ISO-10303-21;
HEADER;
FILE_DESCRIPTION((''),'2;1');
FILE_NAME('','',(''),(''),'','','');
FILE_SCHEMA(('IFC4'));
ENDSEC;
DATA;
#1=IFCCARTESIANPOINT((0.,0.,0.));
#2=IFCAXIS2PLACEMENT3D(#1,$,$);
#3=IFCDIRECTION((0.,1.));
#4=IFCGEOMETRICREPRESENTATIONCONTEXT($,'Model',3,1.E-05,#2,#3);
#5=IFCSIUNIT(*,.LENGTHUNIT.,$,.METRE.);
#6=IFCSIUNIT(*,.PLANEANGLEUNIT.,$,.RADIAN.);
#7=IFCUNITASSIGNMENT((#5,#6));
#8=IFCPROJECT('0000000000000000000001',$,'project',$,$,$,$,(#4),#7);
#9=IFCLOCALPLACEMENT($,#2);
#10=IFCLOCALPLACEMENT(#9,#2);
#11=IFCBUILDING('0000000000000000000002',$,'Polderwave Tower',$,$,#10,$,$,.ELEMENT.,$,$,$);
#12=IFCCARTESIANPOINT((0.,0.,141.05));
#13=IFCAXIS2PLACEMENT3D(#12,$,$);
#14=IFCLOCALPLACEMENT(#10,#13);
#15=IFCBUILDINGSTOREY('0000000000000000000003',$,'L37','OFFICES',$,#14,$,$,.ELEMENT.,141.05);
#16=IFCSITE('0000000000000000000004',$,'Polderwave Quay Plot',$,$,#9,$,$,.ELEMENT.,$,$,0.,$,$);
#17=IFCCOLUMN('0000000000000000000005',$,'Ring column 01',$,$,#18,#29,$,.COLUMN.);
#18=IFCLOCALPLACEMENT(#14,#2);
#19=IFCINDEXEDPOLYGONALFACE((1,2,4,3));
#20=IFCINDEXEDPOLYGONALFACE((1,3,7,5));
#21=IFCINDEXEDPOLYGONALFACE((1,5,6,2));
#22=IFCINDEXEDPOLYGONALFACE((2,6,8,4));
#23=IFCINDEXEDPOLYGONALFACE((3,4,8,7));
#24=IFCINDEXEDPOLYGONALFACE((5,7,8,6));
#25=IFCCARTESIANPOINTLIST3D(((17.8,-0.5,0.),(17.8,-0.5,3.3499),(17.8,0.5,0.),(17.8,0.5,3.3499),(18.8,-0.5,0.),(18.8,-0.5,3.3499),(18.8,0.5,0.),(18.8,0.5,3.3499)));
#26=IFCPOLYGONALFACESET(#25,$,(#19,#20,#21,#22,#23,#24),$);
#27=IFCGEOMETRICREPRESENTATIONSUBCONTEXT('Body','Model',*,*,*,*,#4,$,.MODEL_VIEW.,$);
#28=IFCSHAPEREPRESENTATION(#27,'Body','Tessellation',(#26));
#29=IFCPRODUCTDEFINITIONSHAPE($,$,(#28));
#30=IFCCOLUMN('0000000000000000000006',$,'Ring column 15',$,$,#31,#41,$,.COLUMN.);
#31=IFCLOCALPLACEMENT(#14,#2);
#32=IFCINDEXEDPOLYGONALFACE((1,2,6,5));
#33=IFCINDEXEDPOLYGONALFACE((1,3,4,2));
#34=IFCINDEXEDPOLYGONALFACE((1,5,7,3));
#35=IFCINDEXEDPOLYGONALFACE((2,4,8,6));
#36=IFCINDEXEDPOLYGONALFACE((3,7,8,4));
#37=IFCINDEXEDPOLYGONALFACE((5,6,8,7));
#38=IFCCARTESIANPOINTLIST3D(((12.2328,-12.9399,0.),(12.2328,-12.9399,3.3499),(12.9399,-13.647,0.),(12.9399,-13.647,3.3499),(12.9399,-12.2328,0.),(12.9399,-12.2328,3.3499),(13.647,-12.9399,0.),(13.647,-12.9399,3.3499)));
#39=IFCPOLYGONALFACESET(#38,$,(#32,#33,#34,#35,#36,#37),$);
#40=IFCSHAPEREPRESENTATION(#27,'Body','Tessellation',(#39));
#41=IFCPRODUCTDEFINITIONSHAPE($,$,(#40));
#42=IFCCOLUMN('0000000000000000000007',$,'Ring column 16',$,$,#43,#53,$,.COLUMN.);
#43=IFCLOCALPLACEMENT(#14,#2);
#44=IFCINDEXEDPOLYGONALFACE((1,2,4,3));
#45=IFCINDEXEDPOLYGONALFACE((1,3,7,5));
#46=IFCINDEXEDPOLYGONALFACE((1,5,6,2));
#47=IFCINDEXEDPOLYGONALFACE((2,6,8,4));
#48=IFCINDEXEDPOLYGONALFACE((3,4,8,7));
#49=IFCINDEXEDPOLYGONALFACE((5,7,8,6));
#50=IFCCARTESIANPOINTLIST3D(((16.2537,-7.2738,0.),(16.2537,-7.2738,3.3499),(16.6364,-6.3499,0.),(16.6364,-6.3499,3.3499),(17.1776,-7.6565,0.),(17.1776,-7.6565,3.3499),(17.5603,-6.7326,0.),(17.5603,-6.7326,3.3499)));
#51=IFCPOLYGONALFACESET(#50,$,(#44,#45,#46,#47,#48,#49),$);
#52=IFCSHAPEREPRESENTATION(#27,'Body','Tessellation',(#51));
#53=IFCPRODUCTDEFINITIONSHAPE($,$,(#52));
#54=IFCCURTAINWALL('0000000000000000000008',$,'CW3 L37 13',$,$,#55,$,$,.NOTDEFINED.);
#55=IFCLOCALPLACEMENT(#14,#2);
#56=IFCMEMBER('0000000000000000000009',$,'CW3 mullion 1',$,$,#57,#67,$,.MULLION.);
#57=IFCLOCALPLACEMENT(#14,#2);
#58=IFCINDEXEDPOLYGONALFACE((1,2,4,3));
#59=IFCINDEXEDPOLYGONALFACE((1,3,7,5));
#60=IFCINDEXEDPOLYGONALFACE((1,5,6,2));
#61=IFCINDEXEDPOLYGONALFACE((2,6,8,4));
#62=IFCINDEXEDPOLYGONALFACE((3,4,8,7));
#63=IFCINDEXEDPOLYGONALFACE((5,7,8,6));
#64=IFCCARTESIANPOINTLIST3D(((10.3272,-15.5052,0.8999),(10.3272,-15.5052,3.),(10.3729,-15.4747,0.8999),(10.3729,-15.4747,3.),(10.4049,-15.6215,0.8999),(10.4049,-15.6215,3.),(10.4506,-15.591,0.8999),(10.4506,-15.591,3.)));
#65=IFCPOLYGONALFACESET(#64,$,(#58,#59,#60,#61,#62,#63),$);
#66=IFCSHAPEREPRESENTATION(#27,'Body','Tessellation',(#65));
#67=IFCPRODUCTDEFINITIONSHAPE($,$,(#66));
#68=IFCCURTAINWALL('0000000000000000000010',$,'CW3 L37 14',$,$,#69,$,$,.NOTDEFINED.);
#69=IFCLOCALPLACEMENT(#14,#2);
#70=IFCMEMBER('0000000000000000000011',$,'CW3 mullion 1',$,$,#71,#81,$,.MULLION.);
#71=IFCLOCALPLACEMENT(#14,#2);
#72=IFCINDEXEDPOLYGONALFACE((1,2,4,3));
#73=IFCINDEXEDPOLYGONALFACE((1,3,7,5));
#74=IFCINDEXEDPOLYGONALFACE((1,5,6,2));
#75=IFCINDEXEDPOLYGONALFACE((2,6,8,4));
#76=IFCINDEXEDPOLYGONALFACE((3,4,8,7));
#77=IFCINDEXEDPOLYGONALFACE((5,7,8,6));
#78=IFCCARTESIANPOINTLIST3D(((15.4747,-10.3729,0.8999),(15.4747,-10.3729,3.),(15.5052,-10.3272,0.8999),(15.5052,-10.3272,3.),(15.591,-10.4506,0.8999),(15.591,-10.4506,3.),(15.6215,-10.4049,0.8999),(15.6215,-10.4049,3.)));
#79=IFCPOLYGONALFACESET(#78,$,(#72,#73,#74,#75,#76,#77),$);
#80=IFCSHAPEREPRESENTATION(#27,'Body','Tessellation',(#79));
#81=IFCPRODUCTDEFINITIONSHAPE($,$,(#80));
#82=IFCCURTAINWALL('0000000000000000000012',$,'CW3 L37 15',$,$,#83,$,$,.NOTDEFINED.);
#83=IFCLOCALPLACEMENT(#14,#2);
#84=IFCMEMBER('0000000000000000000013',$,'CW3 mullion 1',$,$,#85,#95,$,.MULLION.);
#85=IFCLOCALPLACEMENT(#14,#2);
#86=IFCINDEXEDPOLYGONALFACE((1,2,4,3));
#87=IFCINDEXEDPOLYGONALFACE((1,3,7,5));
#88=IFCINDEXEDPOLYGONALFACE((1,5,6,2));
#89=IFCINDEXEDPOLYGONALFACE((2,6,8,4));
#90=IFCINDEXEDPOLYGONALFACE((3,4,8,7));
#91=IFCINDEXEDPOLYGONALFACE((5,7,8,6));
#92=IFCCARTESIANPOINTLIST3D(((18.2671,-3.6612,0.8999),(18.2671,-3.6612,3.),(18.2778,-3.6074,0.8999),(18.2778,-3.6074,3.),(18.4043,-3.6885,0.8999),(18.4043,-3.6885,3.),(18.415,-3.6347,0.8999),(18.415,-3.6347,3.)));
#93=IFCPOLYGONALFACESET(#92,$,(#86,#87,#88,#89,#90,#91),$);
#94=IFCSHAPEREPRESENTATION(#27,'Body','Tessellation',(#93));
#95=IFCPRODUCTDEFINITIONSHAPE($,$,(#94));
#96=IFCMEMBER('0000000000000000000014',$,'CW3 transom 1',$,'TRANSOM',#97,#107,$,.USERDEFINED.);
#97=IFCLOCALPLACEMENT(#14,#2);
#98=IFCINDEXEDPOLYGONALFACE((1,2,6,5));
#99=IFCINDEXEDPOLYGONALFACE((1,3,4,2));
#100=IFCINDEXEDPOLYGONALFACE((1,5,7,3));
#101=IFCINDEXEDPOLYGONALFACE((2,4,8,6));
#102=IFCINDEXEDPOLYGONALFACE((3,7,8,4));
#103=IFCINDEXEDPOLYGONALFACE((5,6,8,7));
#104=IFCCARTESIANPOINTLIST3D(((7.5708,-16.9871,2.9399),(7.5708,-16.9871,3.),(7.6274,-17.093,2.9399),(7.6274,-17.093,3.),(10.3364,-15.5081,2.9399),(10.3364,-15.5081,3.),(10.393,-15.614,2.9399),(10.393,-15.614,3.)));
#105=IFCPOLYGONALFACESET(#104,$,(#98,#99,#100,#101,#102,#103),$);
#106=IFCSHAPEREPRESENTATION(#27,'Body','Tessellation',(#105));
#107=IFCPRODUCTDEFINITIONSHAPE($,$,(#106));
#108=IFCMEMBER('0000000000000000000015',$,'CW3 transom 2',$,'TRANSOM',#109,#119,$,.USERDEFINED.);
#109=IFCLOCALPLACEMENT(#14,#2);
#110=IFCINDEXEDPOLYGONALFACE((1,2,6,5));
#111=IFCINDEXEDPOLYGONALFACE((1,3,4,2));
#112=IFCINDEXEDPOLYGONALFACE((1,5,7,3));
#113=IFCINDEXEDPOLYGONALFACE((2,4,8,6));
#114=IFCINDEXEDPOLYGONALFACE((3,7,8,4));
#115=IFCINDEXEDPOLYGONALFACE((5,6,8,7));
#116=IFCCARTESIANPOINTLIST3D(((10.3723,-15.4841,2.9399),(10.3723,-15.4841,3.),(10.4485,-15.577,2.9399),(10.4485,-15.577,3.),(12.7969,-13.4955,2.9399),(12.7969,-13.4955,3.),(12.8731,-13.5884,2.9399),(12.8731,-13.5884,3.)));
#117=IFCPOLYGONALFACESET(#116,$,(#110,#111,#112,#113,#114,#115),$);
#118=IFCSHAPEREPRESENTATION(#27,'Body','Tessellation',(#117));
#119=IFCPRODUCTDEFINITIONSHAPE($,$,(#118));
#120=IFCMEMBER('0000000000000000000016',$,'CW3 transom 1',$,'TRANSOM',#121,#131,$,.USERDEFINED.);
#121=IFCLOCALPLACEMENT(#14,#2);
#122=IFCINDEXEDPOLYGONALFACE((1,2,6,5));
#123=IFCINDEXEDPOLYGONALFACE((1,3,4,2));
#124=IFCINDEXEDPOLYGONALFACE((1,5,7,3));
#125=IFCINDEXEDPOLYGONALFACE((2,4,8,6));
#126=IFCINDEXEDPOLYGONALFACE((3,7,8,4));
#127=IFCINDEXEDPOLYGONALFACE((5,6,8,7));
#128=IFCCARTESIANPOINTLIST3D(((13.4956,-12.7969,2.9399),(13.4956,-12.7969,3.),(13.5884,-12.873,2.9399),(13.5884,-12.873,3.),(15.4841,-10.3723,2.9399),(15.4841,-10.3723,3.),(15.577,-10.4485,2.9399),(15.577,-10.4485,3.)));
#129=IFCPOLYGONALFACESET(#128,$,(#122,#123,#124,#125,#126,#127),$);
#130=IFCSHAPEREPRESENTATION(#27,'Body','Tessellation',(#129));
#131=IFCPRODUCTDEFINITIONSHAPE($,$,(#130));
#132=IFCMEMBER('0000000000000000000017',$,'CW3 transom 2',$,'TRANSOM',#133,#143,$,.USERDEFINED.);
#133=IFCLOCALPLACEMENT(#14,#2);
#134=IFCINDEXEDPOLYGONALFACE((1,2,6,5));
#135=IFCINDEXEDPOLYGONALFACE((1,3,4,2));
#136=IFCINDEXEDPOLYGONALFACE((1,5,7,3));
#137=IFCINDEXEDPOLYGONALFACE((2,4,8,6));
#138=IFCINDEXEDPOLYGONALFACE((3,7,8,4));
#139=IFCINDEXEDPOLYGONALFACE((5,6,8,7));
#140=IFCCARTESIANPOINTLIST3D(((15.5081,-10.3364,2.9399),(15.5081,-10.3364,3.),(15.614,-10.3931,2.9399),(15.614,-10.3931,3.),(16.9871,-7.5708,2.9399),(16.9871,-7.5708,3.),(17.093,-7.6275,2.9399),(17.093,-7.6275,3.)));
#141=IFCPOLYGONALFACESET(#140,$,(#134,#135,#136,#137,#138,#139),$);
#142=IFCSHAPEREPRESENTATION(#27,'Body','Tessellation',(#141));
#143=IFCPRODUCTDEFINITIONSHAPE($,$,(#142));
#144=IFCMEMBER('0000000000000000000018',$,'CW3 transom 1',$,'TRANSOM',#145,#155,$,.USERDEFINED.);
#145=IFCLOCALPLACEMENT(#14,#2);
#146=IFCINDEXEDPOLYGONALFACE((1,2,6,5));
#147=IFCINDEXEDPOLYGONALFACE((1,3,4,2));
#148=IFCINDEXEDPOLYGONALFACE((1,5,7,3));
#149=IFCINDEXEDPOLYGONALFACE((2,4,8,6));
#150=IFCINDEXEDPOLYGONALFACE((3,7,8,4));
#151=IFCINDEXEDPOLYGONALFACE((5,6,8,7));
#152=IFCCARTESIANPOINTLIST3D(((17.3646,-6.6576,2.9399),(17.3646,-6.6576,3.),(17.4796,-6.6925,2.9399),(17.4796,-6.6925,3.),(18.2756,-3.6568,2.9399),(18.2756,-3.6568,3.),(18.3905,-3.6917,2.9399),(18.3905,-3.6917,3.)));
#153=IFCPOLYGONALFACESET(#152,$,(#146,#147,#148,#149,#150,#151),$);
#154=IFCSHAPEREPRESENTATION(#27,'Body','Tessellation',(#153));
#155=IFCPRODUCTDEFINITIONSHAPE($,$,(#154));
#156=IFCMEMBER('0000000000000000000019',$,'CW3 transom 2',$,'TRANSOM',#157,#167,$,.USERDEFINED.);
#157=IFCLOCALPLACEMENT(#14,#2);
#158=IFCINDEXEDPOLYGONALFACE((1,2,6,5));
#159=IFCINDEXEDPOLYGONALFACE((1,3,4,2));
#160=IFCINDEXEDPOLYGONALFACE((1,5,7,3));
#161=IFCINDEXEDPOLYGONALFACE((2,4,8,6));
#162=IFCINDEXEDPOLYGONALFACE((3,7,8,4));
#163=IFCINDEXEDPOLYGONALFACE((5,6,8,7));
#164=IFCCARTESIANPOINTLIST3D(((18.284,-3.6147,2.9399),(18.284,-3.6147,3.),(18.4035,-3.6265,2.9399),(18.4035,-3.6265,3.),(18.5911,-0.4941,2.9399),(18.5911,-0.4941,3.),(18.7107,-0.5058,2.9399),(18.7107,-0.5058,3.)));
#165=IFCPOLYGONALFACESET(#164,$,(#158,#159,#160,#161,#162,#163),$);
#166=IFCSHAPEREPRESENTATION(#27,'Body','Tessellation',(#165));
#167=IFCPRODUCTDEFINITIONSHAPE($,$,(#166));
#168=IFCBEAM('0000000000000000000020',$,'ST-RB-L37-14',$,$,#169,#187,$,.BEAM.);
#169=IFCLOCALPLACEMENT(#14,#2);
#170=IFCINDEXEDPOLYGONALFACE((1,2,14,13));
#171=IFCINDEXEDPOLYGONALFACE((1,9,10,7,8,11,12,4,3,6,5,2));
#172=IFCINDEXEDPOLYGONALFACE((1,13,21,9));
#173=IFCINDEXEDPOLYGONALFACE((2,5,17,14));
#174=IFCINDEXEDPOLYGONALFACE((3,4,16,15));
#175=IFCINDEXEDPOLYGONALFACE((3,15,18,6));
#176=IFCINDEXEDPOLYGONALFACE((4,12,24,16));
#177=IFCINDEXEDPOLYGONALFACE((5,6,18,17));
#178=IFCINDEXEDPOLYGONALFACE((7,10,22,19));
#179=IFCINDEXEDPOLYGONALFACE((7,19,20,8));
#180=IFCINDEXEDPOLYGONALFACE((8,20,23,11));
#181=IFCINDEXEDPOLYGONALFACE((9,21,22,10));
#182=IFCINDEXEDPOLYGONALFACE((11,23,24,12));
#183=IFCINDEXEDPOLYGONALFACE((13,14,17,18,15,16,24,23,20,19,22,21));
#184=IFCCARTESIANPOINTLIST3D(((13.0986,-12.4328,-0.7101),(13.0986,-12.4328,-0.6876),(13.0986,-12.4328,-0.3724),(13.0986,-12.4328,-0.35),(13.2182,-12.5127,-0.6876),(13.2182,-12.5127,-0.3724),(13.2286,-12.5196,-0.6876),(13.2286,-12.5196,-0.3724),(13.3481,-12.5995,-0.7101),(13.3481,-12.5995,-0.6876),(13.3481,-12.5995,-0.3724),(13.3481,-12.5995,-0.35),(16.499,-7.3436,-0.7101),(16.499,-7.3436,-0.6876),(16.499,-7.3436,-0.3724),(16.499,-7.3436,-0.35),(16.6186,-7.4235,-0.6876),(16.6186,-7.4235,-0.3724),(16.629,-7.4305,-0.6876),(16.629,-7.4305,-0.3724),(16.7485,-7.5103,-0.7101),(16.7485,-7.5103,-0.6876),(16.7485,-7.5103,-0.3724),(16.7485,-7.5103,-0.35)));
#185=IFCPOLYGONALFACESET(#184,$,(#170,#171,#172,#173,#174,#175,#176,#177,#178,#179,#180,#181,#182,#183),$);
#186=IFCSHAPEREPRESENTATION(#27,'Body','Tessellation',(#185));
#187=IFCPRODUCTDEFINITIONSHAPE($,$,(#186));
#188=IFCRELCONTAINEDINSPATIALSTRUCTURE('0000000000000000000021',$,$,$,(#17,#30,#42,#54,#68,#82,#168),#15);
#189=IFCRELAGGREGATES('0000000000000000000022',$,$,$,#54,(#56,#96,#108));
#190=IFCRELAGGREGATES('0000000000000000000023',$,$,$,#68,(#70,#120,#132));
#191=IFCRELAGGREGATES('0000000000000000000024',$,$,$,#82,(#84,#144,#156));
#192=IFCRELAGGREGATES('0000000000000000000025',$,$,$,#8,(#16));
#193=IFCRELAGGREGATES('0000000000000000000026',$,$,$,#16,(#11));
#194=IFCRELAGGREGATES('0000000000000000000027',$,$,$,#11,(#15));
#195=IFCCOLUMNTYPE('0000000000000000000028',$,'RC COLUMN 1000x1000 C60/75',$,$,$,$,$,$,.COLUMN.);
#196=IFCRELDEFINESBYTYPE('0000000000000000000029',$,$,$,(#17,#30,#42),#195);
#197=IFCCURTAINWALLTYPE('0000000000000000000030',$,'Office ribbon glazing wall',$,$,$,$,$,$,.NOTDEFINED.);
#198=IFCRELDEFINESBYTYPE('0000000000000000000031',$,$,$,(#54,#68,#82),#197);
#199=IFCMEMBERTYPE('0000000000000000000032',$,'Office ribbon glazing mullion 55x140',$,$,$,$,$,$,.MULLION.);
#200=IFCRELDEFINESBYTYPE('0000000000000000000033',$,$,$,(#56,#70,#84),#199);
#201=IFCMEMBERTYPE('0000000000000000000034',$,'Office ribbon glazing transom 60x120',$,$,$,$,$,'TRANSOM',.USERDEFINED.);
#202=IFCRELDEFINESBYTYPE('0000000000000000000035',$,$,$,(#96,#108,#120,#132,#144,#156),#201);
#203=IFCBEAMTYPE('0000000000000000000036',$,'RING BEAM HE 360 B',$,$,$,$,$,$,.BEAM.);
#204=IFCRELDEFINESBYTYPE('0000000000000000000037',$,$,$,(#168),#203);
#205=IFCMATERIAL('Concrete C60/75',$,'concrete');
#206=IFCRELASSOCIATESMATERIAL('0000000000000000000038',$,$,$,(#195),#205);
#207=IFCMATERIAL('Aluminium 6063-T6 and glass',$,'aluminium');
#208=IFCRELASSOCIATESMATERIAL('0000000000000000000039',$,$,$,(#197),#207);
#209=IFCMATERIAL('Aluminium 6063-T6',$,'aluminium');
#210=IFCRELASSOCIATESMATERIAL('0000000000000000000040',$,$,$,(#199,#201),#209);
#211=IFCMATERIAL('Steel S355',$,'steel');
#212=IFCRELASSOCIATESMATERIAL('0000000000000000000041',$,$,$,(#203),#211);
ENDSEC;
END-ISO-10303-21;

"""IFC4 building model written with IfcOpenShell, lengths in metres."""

from ifc_helpers import new_model, si_unit, direction, frame, origin, origin_2d, place, context, subcontext, project, spatial, rectangle, i_section, extrude, material, material_profile, profile_set, type_object, element, aggregate, save


model = new_model("IFC4")

# Units and contexts
model_context = context("Model", 3, precision=1e-05, world=origin(), true_north=direction((0.0, 1.0)))
body_context = subcontext(model_context, "Body", "Model", "MODEL_VIEW")
ifc_project = project(units=[si_unit("LENGTHUNIT", "METRE"), si_unit("PLANEANGLEUNIT", "RADIAN")], contexts=[model_context])

# Site, building, storey
site_placement = place(None, origin())
site = spatial("IfcSite", under=ifc_project, at=site_placement, Name="Polderwave Quay Plot", CompositionType="ELEMENT", RefElevation=0.0)
building_placement = place(site_placement, origin())
building = spatial("IfcBuilding", under=site, at=building_placement, Name="Polderwave Tower", CompositionType="ELEMENT")
storey_placement = place(building_placement, frame((0.0, 0.0, 141.05)))
storey = spatial("IfcBuildingStorey", under=building, at=storey_placement, Name="L37", Description="OFFICES", CompositionType="ELEMENT", Elevation=141.05)

# Columns
ifc_material_1 = material(Name="Concrete C60/75", Category="concrete")
ifc_material_profile_1 = material_profile(ifc_material_1, rectangle(XDim=1.0, YDim=1.0, at=origin_2d()), Name="RC 1000x1000")
ifc_profile_set_1 = profile_set([ifc_material_profile_1], Name="Concrete C60/75")
column_type = type_object("IfcColumnType", Name="RC COLUMN 1000x1000 C60/75", PredefinedType="COLUMN", material=ifc_profile_set_1)
for number, where, z_axis, x_axis, name in (
    (1, (18.3, 0.0, 0.0), (0.0, 0.0, 1.0), (1.0, 0.0, 0.0), "Ring column 01"),
    (2, (12.9399, -12.9399, 0.0), (0.0, 0.0, 1.0), (0.707107, -0.707107, 0.0), "Ring column 15"),
    (3, (16.907, -7.0032, 0.0), (0.0, 0.0, 1.0), (0.92388, -0.382683, 0.0), "Ring column 16"),
):
    element("IfcColumn", number, at=place(storey_placement, frame(where, z_axis=z_axis, x_axis=x_axis)), inside=storey, type_object=column_type, Name=name, PredefinedType="COLUMN", context=body_context, shape_type="SweptSolid", body=[
        extrude(rectangle(XDim=1.0, YDim=1.0, at=origin_2d()), origin(), (0.0, 0.0, 1.0), 3.3499),
    ])

# Curtain walls, members
ifc_material_2 = material(Name="Aluminium 6063-T6 and glass", Category="aluminium")
curtain_wall_type = type_object("IfcCurtainWallType", Name="Office ribbon glazing wall", PredefinedType="NOTDEFINED", material=ifc_material_2)
curtain_wall_1_placement = place(storey_placement, origin())
curtain_wall_1 = element("IfcCurtainWall", 4, at=curtain_wall_1_placement, inside=storey, type_object=curtain_wall_type, Name="CW3 L37 13", PredefinedType="NOTDEFINED")
ifc_material_3 = material(Name="Aluminium 6063-T6", Category="aluminium")
ifc_material_profile_2 = material_profile(ifc_material_3, rectangle(XDim=0.1399, YDim=0.0549, at=origin_2d()), Name="AL 55x140")
ifc_profile_set_2 = profile_set([ifc_material_profile_2], Name="Aluminium 6063-T6")
member_type_1 = type_object("IfcMemberType", Name="Office ribbon glazing mullion 55x140", PredefinedType="MULLION", material=ifc_profile_set_2)
member_1_placement = place(storey_placement, frame((10.3889, -15.5481, 0.8999), z_axis=(0.0, 0.0, 1.0), x_axis=(-0.555512, 0.831508, 0.0)))
member_1 = element("IfcMember", 5, at=member_1_placement, type_object=member_type_1, Name="CW3 mullion 1", PredefinedType="MULLION", context=body_context, shape_type="SweptSolid", body=[
    extrude(rectangle(XDim=0.1399, YDim=0.0549, at=origin_2d()), origin(), (0.0, 0.0, 1.0), 2.1001),
])
curtain_wall_2_placement = place(storey_placement, origin())
curtain_wall_2 = element("IfcCurtainWall", 6, at=curtain_wall_2_placement, inside=storey, type_object=curtain_wall_type, Name="CW3 L37 14", PredefinedType="NOTDEFINED")
member_2_placement = place(storey_placement, frame((15.5481, -10.3889, 0.8999), z_axis=(0.0, 0.0, 1.0), x_axis=(-0.831508, 0.555512, 0.0)))
member_2 = element("IfcMember", 7, at=member_2_placement, type_object=member_type_1, Name="CW3 mullion 1", PredefinedType="MULLION", context=body_context, shape_type="SweptSolid", body=[
    extrude(rectangle(XDim=0.1399, YDim=0.0549, at=origin_2d()), origin(), (0.0, 0.0, 1.0), 2.1001),
])
curtain_wall_3_placement = place(storey_placement, origin())
curtain_wall_3 = element("IfcCurtainWall", 8, at=curtain_wall_3_placement, inside=storey, type_object=curtain_wall_type, Name="CW3 L37 15", PredefinedType="NOTDEFINED")
member_3_placement = place(storey_placement, frame((18.3411, -3.6479, 0.8999), z_axis=(0.0, 0.0, 1.0), x_axis=(-0.980764, 0.195196, 0.0)))
member_3 = element("IfcMember", 9, at=member_3_placement, type_object=member_type_1, Name="CW3 mullion 1", PredefinedType="MULLION", context=body_context, shape_type="SweptSolid", body=[
    extrude(rectangle(XDim=0.1399, YDim=0.0549, at=origin_2d()), origin(), (0.0, 0.0, 1.0), 2.1001),
])

# Members
ifc_material_profile_3 = material_profile(ifc_material_3, rectangle(XDim=0.1201, YDim=0.0601, at=origin_2d()), Name="AL 60x120")
ifc_profile_set_3 = profile_set([ifc_material_profile_3], Name="Aluminium 6063-T6")
member_type_2 = type_object("IfcMemberType", Name="Office ribbon glazing transom 60x120", ElementType="TRANSOM", PredefinedType="USERDEFINED", material=ifc_profile_set_3)
member_4_placement = place(storey_placement, frame((7.5991, -17.04, 2.97), z_axis=(0.881822, 0.471582, 0.0), x_axis=(-0.471582, 0.881822, 0.0)))
member_4 = element("IfcMember", 10, at=member_4_placement, type_object=member_type_2, Name="CW3 transom 1", ObjectType="TRANSOM", PredefinedType="USERDEFINED", context=body_context, shape_type="SweptSolid", body=[
    extrude(rectangle(XDim=0.1201, YDim=0.0601, at=origin_2d()), origin(), (0.0, 0.0, 1.0), 3.1362),
])
member_5_placement = place(storey_placement, frame((10.4104, -15.5305, 2.97), z_axis=(0.773207, 0.634153, 0.0), x_axis=(-0.634153, 0.773207, 0.0)))
member_5 = element("IfcMember", 11, at=member_5_placement, type_object=member_type_2, Name="CW3 transom 2", ObjectType="TRANSOM", PredefinedType="USERDEFINED", context=body_context, shape_type="SweptSolid", body=[
    extrude(rectangle(XDim=0.1201, YDim=0.0601, at=origin_2d()), origin(), (0.0, 0.0, 1.0), 3.1357),
])
member_6_placement = place(storey_placement, frame((13.542, -12.835, 2.97), z_axis=(0.634153, 0.773207, 0.0), x_axis=(-0.773207, 0.634153, 0.0)))
member_6 = element("IfcMember", 12, at=member_6_placement, type_object=member_type_2, Name="CW3 transom 1", ObjectType="TRANSOM", PredefinedType="USERDEFINED", context=body_context, shape_type="SweptSolid", body=[
    extrude(rectangle(XDim=0.1201, YDim=0.0601, at=origin_2d()), origin(), (0.0, 0.0, 1.0), 3.1357),
])
member_7_placement = place(storey_placement, frame((15.561, -10.3647, 2.97), z_axis=(0.471582, 0.881822, 0.0), x_axis=(-0.881822, 0.471582, 0.0)))
member_7 = element("IfcMember", 13, at=member_7_placement, type_object=member_type_2, Name="CW3 transom 2", ObjectType="TRANSOM", PredefinedType="USERDEFINED", context=body_context, shape_type="SweptSolid", body=[
    extrude(rectangle(XDim=0.1201, YDim=0.0601, at=origin_2d()), origin(), (0.0, 0.0, 1.0), 3.1362),
])
member_8_placement = place(storey_placement, frame((17.4221, -6.675, 2.97), z_axis=(0.290468, 0.956885, 0.0), x_axis=(-0.956885, 0.290468, 0.0)))
member_8 = element("IfcMember", 14, at=member_8_placement, type_object=member_type_2, Name="CW3 transom 1", ObjectType="TRANSOM", PredefinedType="USERDEFINED", context=body_context, shape_type="SweptSolid", body=[
    extrude(rectangle(XDim=0.1201, YDim=0.0601, at=origin_2d()), origin(), (0.0, 0.0, 1.0), 3.136),
])
member_9_placement = place(storey_placement, frame((18.3438, -3.6206, 2.97), z_axis=(0.097946, 0.995192, 0.0), x_axis=(-0.995192, 0.097946, 0.0)))
member_9 = element("IfcMember", 15, at=member_9_placement, type_object=member_type_2, Name="CW3 transom 2", ObjectType="TRANSOM", PredefinedType="USERDEFINED", context=body_context, shape_type="SweptSolid", body=[
    extrude(rectangle(XDim=0.1201, YDim=0.0601, at=origin_2d()), origin(), (0.0, 0.0, 1.0), 3.1357),
])

# Beam
ifc_material_4 = material(Name="Steel S355", Category="steel")
ifc_material_profile_4 = material_profile(ifc_material_4, i_section(OverallWidth=0.3, OverallDepth=0.3601, WebThickness=0.0125, FlangeThickness=0.0225, at=origin_2d()), Name="HE 360 B")
ifc_profile_set_4 = profile_set([ifc_material_profile_4], Name="Steel S355")
beam_type = type_object("IfcBeamType", Name="RING BEAM HE 360 B", PredefinedType="BEAM", material=ifc_profile_set_4)
beam_1_placement = place(storey_placement, frame((13.2234, -12.5161, -0.53), z_axis=(0.555565, 0.831473, 0.0), x_axis=(-0.831473, 0.555565, 0.0)))
element("IfcBeam", 16, at=beam_1_placement, inside=storey, type_object=beam_type, Name="ST-RB-L37-14", PredefinedType="BEAM", context=body_context, shape_type="SweptSolid", body=[
    extrude(i_section(OverallWidth=0.3, OverallDepth=0.3601, WebThickness=0.0125, FlangeThickness=0.0225, at=origin_2d()), origin(), (0.0, 0.0, 1.0), 6.1206),
])

aggregate(curtain_wall_1, [member_1, member_4, member_5])
aggregate(curtain_wall_2, [member_2, member_6, member_7])
aggregate(curtain_wall_3, [member_3, member_8, member_9])

save(model, "model.ifc")
